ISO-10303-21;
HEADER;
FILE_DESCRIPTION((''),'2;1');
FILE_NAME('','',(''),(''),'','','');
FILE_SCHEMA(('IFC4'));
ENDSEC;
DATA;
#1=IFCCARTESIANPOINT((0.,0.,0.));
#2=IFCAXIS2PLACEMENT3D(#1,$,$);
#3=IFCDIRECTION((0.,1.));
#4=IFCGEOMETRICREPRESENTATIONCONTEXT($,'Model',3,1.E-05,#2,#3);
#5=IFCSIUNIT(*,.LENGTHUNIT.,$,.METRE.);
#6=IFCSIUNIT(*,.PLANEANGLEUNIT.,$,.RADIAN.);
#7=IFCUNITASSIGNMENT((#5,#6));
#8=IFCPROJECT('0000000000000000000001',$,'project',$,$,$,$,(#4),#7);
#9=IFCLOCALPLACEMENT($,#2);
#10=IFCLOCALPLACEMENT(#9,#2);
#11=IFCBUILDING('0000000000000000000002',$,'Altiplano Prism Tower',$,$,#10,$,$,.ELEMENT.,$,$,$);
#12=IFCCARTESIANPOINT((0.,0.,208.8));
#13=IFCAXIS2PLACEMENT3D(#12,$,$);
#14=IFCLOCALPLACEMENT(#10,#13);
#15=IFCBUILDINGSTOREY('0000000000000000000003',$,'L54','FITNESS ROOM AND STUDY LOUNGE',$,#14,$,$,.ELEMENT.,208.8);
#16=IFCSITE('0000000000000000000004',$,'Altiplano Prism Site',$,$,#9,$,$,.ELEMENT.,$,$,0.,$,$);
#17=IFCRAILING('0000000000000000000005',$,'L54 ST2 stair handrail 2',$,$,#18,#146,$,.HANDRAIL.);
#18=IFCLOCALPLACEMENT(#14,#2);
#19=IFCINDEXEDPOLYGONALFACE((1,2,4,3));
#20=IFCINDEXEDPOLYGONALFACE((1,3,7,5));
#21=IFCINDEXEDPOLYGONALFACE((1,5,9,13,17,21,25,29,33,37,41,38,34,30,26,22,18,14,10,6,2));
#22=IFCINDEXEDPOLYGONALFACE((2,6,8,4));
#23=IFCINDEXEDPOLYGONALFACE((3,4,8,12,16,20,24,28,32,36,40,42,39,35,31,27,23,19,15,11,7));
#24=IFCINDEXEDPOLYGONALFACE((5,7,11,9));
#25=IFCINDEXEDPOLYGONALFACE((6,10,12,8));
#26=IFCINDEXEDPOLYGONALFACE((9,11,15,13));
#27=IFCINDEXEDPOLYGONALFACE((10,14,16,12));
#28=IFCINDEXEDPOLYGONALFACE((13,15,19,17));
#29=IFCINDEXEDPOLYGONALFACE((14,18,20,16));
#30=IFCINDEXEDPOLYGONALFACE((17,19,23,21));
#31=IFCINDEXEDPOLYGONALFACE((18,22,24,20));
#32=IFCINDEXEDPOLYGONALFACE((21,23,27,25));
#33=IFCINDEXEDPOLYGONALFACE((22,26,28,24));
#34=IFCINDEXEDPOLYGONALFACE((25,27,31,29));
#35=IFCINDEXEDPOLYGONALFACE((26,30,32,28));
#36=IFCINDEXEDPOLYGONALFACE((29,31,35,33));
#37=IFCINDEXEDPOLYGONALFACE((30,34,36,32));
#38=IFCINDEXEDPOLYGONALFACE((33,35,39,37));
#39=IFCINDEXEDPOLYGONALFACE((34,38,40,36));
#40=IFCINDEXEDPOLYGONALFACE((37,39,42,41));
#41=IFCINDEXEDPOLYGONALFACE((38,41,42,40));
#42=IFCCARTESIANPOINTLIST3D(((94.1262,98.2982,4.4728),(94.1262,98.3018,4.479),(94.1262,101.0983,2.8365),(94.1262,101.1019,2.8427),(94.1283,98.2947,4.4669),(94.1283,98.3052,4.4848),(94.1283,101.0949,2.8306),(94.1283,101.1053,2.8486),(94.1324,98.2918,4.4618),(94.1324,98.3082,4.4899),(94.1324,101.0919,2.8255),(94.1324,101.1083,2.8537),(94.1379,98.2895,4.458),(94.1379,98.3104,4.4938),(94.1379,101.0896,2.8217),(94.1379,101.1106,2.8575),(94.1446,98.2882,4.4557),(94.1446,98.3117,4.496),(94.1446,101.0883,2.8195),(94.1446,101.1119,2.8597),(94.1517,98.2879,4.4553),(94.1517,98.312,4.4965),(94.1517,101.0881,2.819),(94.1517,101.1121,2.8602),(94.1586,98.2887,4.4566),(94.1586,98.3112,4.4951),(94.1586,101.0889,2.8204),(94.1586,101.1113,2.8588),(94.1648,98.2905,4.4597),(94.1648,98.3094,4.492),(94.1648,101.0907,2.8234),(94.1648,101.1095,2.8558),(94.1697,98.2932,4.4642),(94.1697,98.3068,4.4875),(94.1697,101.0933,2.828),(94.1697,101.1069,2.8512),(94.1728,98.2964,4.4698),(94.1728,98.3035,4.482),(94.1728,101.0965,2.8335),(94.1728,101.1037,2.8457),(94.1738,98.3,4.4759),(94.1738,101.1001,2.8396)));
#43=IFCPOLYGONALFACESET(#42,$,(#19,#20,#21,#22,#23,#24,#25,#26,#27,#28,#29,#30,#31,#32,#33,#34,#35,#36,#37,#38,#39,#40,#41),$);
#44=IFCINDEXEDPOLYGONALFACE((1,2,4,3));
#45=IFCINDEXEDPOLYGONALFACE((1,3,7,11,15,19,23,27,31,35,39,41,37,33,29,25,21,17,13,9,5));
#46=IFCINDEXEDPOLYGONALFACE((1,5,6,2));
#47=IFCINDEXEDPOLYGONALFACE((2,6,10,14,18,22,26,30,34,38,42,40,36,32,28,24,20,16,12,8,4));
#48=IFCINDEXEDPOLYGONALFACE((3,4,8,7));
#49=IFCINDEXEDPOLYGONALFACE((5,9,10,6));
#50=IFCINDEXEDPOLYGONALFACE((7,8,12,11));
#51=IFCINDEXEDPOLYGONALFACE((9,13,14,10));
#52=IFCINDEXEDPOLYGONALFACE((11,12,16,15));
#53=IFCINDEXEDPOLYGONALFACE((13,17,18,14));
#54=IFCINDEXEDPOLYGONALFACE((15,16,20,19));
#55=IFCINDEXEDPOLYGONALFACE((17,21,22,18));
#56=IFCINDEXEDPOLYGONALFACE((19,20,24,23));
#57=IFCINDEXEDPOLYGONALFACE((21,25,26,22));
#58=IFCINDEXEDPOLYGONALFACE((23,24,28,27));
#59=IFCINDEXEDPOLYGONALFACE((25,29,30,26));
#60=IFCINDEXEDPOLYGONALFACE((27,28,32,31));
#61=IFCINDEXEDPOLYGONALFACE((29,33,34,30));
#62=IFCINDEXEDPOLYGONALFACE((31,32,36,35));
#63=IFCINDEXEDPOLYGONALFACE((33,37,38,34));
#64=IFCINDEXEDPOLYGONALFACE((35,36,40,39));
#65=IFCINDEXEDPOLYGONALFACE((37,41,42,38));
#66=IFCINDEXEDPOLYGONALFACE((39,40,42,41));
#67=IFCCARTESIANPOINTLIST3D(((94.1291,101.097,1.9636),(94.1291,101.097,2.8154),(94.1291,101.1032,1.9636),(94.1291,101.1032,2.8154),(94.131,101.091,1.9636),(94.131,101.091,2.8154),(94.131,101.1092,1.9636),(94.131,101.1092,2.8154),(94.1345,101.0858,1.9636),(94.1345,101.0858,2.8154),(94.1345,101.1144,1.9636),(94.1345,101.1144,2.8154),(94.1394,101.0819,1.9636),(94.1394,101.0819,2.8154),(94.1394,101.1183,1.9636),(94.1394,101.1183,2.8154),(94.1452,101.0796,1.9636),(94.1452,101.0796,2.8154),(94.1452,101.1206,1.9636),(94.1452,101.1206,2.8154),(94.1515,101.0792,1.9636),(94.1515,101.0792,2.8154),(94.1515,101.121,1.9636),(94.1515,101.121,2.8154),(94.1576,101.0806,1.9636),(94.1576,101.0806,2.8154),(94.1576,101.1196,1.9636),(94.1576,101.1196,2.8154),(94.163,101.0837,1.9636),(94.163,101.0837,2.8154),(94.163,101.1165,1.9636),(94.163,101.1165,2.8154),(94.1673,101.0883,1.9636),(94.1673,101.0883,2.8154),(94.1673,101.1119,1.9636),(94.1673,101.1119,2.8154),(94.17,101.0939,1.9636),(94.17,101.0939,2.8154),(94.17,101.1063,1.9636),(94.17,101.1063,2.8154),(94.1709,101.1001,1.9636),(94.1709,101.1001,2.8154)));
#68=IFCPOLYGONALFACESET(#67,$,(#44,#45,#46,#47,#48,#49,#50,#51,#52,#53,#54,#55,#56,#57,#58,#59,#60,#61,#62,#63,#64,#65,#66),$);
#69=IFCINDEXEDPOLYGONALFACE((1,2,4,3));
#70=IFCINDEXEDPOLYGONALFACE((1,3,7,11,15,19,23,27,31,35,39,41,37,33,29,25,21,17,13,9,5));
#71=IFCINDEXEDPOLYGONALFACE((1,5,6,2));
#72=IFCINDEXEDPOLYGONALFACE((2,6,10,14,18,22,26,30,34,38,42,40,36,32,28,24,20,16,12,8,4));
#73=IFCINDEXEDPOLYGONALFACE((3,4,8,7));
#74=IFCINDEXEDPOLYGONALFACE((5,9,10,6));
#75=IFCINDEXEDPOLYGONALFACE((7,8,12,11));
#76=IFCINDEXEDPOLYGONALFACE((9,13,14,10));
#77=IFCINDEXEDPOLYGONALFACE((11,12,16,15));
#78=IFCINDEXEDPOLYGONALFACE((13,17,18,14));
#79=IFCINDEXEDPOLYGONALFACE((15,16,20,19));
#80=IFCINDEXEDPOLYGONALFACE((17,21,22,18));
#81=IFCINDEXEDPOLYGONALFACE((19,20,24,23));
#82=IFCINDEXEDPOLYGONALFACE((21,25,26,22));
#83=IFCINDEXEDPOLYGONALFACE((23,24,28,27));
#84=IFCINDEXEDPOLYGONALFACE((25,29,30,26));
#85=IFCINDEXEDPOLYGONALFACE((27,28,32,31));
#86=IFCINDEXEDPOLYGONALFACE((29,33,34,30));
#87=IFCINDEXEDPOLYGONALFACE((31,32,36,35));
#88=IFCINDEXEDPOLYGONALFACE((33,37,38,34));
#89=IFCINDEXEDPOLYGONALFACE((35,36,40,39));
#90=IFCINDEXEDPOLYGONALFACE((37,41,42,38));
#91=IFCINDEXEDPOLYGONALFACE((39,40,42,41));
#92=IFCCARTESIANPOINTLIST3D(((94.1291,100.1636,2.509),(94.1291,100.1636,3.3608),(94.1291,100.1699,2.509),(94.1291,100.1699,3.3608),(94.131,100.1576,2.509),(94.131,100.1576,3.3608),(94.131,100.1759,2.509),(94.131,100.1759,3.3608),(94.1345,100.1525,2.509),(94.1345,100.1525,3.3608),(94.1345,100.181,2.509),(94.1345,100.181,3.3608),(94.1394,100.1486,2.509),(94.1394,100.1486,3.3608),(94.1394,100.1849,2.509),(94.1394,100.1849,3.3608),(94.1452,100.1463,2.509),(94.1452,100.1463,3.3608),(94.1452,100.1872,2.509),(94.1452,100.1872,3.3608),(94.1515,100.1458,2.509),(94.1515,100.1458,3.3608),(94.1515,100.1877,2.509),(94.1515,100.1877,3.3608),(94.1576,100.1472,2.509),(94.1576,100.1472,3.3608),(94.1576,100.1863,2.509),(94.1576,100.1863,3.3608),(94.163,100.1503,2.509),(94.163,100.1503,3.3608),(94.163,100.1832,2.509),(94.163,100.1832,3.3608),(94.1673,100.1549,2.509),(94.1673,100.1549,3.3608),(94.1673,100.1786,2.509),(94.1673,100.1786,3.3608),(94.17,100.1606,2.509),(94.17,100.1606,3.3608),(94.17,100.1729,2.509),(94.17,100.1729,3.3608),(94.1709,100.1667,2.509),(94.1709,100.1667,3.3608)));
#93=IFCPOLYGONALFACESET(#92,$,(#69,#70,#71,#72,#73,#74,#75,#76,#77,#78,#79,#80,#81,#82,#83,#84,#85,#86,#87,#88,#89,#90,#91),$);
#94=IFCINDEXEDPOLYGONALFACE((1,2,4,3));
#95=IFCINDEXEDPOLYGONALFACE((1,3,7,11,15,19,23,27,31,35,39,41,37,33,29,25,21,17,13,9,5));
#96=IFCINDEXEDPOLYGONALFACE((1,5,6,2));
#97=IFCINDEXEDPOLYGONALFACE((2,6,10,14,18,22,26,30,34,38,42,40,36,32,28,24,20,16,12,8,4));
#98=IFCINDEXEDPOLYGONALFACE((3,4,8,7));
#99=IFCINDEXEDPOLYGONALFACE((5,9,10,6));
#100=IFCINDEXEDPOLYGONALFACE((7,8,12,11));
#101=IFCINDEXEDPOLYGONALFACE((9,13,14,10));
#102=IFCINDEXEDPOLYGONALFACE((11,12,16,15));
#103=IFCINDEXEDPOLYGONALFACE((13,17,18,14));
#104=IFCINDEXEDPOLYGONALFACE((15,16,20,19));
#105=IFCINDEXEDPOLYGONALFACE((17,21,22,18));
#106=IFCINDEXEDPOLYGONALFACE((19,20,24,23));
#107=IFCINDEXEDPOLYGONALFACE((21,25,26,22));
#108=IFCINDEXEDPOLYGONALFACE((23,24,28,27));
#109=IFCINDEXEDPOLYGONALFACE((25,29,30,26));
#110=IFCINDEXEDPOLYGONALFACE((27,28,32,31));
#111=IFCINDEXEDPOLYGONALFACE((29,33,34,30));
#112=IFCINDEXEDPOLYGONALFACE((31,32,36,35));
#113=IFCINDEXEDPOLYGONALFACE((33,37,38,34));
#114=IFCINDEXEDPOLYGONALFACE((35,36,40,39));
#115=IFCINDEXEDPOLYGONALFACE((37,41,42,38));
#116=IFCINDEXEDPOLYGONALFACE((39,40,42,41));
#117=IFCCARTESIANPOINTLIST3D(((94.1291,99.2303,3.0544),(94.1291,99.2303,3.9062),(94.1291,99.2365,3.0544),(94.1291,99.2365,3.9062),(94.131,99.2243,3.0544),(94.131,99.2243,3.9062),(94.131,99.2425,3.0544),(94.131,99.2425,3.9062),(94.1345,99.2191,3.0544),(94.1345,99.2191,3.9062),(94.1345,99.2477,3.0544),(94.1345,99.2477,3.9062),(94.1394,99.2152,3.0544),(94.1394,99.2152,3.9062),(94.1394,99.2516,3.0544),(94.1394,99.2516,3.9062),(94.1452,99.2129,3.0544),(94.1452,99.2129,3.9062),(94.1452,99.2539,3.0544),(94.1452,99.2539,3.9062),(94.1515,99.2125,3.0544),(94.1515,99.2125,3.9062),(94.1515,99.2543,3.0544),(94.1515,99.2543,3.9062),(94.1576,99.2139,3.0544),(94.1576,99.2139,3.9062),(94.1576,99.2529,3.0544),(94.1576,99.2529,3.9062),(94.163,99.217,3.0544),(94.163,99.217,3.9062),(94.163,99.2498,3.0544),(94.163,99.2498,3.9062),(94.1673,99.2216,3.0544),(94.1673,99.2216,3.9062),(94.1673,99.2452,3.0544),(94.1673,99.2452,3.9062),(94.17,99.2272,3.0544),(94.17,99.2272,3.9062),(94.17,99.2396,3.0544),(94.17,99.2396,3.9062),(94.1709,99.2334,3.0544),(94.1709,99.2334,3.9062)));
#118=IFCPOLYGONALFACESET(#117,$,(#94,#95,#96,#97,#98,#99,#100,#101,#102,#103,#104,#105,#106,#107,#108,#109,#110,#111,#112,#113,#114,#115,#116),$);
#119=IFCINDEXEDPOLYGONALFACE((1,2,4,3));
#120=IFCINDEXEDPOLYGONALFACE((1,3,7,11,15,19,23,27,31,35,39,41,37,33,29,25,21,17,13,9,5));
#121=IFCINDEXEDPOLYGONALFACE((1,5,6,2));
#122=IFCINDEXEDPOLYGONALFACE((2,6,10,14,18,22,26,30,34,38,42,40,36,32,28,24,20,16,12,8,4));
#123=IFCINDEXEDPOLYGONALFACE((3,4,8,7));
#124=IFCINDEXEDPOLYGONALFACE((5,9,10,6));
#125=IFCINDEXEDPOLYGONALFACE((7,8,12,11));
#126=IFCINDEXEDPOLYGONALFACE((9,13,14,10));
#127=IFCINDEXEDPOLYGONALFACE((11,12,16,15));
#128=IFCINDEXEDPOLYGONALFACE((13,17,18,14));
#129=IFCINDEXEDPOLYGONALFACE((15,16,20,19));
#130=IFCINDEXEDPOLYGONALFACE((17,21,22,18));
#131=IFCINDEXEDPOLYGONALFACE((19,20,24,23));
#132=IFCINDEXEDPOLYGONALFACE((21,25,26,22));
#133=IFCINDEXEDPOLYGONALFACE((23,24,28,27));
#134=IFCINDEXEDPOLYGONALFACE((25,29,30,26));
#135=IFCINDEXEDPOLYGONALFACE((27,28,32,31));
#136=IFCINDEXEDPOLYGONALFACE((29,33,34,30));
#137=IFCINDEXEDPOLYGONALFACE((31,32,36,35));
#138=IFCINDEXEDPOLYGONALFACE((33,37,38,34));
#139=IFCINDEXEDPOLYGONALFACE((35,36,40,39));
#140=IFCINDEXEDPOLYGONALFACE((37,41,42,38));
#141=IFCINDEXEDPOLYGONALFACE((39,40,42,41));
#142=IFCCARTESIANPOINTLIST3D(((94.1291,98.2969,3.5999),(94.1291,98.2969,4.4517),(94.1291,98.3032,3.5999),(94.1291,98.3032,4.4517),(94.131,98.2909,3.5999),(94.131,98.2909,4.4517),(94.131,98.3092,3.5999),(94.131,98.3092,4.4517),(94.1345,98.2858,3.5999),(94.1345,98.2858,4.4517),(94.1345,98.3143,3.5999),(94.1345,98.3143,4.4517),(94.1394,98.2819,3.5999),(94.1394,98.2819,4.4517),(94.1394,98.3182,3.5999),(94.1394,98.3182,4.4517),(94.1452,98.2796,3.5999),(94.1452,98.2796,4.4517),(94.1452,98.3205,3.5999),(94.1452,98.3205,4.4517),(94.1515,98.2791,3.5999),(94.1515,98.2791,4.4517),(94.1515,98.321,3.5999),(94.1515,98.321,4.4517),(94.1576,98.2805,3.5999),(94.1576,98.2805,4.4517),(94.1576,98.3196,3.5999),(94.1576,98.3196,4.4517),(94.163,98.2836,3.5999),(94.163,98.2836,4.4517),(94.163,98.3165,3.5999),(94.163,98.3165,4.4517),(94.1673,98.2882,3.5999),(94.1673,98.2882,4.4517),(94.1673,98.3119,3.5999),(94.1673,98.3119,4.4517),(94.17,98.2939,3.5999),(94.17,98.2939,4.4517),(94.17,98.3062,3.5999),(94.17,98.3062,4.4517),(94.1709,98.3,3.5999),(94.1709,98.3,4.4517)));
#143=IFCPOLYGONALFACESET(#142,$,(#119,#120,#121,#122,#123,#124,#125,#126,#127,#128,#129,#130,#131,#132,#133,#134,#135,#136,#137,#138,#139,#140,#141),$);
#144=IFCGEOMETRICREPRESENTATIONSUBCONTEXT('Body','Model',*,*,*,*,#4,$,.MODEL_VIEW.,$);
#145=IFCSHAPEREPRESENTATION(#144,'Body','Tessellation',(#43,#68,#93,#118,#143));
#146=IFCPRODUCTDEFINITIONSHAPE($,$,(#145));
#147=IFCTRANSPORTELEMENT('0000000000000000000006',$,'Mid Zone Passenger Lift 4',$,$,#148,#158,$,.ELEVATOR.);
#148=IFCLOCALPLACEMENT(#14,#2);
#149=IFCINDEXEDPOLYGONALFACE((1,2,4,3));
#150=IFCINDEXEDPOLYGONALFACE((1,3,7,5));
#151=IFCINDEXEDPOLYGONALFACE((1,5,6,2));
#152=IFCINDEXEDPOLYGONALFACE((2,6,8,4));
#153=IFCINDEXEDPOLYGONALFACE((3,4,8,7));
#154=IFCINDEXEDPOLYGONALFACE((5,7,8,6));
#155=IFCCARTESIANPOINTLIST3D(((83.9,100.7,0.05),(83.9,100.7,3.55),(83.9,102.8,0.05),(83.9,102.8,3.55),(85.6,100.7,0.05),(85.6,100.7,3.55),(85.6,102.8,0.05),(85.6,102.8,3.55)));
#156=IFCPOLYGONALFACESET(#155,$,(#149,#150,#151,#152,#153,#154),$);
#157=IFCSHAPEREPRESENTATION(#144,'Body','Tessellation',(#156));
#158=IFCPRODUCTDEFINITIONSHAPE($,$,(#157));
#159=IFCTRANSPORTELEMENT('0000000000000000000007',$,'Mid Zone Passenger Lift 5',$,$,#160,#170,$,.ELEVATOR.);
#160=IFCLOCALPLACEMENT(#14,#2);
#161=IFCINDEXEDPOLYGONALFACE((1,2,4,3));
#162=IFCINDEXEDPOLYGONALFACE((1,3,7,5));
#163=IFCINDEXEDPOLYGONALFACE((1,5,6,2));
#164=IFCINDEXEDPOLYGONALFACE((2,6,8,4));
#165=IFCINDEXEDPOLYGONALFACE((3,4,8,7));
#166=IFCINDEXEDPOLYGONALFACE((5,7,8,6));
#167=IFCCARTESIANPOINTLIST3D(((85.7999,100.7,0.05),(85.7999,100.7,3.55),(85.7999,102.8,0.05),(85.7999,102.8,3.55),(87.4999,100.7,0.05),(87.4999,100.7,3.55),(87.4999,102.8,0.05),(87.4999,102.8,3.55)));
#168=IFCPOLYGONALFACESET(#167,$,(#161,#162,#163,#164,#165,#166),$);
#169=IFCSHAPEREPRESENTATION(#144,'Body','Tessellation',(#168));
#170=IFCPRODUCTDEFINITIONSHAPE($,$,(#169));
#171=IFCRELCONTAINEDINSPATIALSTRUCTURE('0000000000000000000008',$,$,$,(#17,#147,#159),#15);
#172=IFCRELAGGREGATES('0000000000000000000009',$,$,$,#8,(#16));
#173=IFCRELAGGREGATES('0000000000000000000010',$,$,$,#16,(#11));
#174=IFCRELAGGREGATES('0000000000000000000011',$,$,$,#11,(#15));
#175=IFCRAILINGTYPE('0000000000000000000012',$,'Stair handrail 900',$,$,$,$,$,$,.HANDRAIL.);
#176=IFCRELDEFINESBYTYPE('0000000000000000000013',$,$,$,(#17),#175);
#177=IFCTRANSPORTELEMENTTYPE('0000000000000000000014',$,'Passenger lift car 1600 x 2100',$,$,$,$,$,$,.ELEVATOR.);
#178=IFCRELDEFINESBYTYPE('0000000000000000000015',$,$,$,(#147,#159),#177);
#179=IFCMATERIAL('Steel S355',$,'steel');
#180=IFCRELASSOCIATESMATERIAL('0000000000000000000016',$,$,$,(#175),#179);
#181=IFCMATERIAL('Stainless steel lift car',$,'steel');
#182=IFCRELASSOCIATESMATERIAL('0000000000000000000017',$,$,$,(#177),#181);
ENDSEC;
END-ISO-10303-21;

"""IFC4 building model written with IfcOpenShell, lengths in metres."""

from ifc_helpers import new_model, si_unit, direction, frame, origin, origin_2d, place, context, subcontext, project, spatial, rectangle, circle, extrude, material, type_object, element, save


model = new_model("IFC4")

# Units and contexts
model_context = context("Model", 3, precision=1e-05, world=origin(), true_north=direction((0.0, 1.0)))
body_context = subcontext(model_context, "Body", "Model", "MODEL_VIEW")
ifc_project = project(units=[si_unit("LENGTHUNIT", "METRE"), si_unit("PLANEANGLEUNIT", "RADIAN")], contexts=[model_context])

# Site, building, storey
site_placement = place(None, origin())
site = spatial("IfcSite", under=ifc_project, at=site_placement, Name="Altiplano Prism Site", CompositionType="ELEMENT", RefElevation=0.0)
building_placement = place(site_placement, origin())
building = spatial("IfcBuilding", under=site, at=building_placement, Name="Altiplano Prism Tower", CompositionType="ELEMENT")
storey_placement = place(building_placement, frame((0.0, 0.0, 208.8)))
storey = spatial("IfcBuildingStorey", under=building, at=storey_placement, Name="L54", Description="FITNESS ROOM AND STUDY LOUNGE", CompositionType="ELEMENT", Elevation=208.8)

# Railing
ifc_material_1 = material(Name="Steel S355", Category="steel")
railing_type_1 = type_object("IfcRailingType", Name="Stair handrail 900", PredefinedType="HANDRAIL", material=ifc_material_1)
railing_1_placement = place(storey_placement, frame((94.1499, 101.1001, 1.9636)))
element("IfcRailing", 1, at=railing_1_placement, inside=storey, type_object=railing_type_1, Name="L54 ST2 stair handrail 2", PredefinedType="HANDRAIL", context=body_context, shape_type="SweptSolid", body=[
    extrude(circle(Radius=0.0239, at=origin_2d()), frame((0.0, 0.0, 0.876), z_axis=(0.0, -0.863394, 0.504531), x_axis=(1.0, 0.0, 0.0)), (0.0, 0.0, 1.0), 3.2432),
    extrude(circle(Radius=0.021, at=origin_2d()), origin(), (0.0, 0.0, 1.0), 0.8518),
    extrude(circle(Radius=0.021, at=origin_2d()), frame((0.0, -0.9333, 0.5454)), (0.0, 0.0, 1.0), 0.8518),
    extrude(circle(Radius=0.021, at=origin_2d()), frame((0.0, -1.8667, 1.0908)), (0.0, 0.0, 1.0), 0.8518),
    extrude(circle(Radius=0.021, at=origin_2d()), frame((0.0, -2.8, 1.6362)), (0.0, 0.0, 1.0), 0.8518),
])

# Transport elements
ifc_material_2 = material(Name="Stainless steel lift car", Category="steel")
transport_element_type = type_object("IfcTransportElementType", Name="Passenger lift car 1600 x 2100", PredefinedType="ELEVATOR", material=ifc_material_2)
for number, where, z_axis, x_axis, name in (
    (2, (84.75, 101.75, 0.05), (0.0, 0.0, 1.0), (1.0, 0.0, 0.0), "Mid Zone Passenger Lift 4"),
    (3, (86.6499, 101.75, 0.05), (0.0, 0.0, 1.0), (1.0, 0.0, 0.0), "Mid Zone Passenger Lift 5"),
):
    element("IfcTransportElement", number, at=place(storey_placement, frame(where, z_axis=z_axis, x_axis=x_axis)), inside=storey, type_object=transport_element_type, Name=name, PredefinedType="ELEVATOR", context=body_context, shape_type="SweptSolid", body=[
        extrude(rectangle(XDim=1.7, YDim=2.1001, at=origin_2d()), origin(), (0.0, 0.0, 1.0), 3.5),
    ])

save(model, "model.ifc")
